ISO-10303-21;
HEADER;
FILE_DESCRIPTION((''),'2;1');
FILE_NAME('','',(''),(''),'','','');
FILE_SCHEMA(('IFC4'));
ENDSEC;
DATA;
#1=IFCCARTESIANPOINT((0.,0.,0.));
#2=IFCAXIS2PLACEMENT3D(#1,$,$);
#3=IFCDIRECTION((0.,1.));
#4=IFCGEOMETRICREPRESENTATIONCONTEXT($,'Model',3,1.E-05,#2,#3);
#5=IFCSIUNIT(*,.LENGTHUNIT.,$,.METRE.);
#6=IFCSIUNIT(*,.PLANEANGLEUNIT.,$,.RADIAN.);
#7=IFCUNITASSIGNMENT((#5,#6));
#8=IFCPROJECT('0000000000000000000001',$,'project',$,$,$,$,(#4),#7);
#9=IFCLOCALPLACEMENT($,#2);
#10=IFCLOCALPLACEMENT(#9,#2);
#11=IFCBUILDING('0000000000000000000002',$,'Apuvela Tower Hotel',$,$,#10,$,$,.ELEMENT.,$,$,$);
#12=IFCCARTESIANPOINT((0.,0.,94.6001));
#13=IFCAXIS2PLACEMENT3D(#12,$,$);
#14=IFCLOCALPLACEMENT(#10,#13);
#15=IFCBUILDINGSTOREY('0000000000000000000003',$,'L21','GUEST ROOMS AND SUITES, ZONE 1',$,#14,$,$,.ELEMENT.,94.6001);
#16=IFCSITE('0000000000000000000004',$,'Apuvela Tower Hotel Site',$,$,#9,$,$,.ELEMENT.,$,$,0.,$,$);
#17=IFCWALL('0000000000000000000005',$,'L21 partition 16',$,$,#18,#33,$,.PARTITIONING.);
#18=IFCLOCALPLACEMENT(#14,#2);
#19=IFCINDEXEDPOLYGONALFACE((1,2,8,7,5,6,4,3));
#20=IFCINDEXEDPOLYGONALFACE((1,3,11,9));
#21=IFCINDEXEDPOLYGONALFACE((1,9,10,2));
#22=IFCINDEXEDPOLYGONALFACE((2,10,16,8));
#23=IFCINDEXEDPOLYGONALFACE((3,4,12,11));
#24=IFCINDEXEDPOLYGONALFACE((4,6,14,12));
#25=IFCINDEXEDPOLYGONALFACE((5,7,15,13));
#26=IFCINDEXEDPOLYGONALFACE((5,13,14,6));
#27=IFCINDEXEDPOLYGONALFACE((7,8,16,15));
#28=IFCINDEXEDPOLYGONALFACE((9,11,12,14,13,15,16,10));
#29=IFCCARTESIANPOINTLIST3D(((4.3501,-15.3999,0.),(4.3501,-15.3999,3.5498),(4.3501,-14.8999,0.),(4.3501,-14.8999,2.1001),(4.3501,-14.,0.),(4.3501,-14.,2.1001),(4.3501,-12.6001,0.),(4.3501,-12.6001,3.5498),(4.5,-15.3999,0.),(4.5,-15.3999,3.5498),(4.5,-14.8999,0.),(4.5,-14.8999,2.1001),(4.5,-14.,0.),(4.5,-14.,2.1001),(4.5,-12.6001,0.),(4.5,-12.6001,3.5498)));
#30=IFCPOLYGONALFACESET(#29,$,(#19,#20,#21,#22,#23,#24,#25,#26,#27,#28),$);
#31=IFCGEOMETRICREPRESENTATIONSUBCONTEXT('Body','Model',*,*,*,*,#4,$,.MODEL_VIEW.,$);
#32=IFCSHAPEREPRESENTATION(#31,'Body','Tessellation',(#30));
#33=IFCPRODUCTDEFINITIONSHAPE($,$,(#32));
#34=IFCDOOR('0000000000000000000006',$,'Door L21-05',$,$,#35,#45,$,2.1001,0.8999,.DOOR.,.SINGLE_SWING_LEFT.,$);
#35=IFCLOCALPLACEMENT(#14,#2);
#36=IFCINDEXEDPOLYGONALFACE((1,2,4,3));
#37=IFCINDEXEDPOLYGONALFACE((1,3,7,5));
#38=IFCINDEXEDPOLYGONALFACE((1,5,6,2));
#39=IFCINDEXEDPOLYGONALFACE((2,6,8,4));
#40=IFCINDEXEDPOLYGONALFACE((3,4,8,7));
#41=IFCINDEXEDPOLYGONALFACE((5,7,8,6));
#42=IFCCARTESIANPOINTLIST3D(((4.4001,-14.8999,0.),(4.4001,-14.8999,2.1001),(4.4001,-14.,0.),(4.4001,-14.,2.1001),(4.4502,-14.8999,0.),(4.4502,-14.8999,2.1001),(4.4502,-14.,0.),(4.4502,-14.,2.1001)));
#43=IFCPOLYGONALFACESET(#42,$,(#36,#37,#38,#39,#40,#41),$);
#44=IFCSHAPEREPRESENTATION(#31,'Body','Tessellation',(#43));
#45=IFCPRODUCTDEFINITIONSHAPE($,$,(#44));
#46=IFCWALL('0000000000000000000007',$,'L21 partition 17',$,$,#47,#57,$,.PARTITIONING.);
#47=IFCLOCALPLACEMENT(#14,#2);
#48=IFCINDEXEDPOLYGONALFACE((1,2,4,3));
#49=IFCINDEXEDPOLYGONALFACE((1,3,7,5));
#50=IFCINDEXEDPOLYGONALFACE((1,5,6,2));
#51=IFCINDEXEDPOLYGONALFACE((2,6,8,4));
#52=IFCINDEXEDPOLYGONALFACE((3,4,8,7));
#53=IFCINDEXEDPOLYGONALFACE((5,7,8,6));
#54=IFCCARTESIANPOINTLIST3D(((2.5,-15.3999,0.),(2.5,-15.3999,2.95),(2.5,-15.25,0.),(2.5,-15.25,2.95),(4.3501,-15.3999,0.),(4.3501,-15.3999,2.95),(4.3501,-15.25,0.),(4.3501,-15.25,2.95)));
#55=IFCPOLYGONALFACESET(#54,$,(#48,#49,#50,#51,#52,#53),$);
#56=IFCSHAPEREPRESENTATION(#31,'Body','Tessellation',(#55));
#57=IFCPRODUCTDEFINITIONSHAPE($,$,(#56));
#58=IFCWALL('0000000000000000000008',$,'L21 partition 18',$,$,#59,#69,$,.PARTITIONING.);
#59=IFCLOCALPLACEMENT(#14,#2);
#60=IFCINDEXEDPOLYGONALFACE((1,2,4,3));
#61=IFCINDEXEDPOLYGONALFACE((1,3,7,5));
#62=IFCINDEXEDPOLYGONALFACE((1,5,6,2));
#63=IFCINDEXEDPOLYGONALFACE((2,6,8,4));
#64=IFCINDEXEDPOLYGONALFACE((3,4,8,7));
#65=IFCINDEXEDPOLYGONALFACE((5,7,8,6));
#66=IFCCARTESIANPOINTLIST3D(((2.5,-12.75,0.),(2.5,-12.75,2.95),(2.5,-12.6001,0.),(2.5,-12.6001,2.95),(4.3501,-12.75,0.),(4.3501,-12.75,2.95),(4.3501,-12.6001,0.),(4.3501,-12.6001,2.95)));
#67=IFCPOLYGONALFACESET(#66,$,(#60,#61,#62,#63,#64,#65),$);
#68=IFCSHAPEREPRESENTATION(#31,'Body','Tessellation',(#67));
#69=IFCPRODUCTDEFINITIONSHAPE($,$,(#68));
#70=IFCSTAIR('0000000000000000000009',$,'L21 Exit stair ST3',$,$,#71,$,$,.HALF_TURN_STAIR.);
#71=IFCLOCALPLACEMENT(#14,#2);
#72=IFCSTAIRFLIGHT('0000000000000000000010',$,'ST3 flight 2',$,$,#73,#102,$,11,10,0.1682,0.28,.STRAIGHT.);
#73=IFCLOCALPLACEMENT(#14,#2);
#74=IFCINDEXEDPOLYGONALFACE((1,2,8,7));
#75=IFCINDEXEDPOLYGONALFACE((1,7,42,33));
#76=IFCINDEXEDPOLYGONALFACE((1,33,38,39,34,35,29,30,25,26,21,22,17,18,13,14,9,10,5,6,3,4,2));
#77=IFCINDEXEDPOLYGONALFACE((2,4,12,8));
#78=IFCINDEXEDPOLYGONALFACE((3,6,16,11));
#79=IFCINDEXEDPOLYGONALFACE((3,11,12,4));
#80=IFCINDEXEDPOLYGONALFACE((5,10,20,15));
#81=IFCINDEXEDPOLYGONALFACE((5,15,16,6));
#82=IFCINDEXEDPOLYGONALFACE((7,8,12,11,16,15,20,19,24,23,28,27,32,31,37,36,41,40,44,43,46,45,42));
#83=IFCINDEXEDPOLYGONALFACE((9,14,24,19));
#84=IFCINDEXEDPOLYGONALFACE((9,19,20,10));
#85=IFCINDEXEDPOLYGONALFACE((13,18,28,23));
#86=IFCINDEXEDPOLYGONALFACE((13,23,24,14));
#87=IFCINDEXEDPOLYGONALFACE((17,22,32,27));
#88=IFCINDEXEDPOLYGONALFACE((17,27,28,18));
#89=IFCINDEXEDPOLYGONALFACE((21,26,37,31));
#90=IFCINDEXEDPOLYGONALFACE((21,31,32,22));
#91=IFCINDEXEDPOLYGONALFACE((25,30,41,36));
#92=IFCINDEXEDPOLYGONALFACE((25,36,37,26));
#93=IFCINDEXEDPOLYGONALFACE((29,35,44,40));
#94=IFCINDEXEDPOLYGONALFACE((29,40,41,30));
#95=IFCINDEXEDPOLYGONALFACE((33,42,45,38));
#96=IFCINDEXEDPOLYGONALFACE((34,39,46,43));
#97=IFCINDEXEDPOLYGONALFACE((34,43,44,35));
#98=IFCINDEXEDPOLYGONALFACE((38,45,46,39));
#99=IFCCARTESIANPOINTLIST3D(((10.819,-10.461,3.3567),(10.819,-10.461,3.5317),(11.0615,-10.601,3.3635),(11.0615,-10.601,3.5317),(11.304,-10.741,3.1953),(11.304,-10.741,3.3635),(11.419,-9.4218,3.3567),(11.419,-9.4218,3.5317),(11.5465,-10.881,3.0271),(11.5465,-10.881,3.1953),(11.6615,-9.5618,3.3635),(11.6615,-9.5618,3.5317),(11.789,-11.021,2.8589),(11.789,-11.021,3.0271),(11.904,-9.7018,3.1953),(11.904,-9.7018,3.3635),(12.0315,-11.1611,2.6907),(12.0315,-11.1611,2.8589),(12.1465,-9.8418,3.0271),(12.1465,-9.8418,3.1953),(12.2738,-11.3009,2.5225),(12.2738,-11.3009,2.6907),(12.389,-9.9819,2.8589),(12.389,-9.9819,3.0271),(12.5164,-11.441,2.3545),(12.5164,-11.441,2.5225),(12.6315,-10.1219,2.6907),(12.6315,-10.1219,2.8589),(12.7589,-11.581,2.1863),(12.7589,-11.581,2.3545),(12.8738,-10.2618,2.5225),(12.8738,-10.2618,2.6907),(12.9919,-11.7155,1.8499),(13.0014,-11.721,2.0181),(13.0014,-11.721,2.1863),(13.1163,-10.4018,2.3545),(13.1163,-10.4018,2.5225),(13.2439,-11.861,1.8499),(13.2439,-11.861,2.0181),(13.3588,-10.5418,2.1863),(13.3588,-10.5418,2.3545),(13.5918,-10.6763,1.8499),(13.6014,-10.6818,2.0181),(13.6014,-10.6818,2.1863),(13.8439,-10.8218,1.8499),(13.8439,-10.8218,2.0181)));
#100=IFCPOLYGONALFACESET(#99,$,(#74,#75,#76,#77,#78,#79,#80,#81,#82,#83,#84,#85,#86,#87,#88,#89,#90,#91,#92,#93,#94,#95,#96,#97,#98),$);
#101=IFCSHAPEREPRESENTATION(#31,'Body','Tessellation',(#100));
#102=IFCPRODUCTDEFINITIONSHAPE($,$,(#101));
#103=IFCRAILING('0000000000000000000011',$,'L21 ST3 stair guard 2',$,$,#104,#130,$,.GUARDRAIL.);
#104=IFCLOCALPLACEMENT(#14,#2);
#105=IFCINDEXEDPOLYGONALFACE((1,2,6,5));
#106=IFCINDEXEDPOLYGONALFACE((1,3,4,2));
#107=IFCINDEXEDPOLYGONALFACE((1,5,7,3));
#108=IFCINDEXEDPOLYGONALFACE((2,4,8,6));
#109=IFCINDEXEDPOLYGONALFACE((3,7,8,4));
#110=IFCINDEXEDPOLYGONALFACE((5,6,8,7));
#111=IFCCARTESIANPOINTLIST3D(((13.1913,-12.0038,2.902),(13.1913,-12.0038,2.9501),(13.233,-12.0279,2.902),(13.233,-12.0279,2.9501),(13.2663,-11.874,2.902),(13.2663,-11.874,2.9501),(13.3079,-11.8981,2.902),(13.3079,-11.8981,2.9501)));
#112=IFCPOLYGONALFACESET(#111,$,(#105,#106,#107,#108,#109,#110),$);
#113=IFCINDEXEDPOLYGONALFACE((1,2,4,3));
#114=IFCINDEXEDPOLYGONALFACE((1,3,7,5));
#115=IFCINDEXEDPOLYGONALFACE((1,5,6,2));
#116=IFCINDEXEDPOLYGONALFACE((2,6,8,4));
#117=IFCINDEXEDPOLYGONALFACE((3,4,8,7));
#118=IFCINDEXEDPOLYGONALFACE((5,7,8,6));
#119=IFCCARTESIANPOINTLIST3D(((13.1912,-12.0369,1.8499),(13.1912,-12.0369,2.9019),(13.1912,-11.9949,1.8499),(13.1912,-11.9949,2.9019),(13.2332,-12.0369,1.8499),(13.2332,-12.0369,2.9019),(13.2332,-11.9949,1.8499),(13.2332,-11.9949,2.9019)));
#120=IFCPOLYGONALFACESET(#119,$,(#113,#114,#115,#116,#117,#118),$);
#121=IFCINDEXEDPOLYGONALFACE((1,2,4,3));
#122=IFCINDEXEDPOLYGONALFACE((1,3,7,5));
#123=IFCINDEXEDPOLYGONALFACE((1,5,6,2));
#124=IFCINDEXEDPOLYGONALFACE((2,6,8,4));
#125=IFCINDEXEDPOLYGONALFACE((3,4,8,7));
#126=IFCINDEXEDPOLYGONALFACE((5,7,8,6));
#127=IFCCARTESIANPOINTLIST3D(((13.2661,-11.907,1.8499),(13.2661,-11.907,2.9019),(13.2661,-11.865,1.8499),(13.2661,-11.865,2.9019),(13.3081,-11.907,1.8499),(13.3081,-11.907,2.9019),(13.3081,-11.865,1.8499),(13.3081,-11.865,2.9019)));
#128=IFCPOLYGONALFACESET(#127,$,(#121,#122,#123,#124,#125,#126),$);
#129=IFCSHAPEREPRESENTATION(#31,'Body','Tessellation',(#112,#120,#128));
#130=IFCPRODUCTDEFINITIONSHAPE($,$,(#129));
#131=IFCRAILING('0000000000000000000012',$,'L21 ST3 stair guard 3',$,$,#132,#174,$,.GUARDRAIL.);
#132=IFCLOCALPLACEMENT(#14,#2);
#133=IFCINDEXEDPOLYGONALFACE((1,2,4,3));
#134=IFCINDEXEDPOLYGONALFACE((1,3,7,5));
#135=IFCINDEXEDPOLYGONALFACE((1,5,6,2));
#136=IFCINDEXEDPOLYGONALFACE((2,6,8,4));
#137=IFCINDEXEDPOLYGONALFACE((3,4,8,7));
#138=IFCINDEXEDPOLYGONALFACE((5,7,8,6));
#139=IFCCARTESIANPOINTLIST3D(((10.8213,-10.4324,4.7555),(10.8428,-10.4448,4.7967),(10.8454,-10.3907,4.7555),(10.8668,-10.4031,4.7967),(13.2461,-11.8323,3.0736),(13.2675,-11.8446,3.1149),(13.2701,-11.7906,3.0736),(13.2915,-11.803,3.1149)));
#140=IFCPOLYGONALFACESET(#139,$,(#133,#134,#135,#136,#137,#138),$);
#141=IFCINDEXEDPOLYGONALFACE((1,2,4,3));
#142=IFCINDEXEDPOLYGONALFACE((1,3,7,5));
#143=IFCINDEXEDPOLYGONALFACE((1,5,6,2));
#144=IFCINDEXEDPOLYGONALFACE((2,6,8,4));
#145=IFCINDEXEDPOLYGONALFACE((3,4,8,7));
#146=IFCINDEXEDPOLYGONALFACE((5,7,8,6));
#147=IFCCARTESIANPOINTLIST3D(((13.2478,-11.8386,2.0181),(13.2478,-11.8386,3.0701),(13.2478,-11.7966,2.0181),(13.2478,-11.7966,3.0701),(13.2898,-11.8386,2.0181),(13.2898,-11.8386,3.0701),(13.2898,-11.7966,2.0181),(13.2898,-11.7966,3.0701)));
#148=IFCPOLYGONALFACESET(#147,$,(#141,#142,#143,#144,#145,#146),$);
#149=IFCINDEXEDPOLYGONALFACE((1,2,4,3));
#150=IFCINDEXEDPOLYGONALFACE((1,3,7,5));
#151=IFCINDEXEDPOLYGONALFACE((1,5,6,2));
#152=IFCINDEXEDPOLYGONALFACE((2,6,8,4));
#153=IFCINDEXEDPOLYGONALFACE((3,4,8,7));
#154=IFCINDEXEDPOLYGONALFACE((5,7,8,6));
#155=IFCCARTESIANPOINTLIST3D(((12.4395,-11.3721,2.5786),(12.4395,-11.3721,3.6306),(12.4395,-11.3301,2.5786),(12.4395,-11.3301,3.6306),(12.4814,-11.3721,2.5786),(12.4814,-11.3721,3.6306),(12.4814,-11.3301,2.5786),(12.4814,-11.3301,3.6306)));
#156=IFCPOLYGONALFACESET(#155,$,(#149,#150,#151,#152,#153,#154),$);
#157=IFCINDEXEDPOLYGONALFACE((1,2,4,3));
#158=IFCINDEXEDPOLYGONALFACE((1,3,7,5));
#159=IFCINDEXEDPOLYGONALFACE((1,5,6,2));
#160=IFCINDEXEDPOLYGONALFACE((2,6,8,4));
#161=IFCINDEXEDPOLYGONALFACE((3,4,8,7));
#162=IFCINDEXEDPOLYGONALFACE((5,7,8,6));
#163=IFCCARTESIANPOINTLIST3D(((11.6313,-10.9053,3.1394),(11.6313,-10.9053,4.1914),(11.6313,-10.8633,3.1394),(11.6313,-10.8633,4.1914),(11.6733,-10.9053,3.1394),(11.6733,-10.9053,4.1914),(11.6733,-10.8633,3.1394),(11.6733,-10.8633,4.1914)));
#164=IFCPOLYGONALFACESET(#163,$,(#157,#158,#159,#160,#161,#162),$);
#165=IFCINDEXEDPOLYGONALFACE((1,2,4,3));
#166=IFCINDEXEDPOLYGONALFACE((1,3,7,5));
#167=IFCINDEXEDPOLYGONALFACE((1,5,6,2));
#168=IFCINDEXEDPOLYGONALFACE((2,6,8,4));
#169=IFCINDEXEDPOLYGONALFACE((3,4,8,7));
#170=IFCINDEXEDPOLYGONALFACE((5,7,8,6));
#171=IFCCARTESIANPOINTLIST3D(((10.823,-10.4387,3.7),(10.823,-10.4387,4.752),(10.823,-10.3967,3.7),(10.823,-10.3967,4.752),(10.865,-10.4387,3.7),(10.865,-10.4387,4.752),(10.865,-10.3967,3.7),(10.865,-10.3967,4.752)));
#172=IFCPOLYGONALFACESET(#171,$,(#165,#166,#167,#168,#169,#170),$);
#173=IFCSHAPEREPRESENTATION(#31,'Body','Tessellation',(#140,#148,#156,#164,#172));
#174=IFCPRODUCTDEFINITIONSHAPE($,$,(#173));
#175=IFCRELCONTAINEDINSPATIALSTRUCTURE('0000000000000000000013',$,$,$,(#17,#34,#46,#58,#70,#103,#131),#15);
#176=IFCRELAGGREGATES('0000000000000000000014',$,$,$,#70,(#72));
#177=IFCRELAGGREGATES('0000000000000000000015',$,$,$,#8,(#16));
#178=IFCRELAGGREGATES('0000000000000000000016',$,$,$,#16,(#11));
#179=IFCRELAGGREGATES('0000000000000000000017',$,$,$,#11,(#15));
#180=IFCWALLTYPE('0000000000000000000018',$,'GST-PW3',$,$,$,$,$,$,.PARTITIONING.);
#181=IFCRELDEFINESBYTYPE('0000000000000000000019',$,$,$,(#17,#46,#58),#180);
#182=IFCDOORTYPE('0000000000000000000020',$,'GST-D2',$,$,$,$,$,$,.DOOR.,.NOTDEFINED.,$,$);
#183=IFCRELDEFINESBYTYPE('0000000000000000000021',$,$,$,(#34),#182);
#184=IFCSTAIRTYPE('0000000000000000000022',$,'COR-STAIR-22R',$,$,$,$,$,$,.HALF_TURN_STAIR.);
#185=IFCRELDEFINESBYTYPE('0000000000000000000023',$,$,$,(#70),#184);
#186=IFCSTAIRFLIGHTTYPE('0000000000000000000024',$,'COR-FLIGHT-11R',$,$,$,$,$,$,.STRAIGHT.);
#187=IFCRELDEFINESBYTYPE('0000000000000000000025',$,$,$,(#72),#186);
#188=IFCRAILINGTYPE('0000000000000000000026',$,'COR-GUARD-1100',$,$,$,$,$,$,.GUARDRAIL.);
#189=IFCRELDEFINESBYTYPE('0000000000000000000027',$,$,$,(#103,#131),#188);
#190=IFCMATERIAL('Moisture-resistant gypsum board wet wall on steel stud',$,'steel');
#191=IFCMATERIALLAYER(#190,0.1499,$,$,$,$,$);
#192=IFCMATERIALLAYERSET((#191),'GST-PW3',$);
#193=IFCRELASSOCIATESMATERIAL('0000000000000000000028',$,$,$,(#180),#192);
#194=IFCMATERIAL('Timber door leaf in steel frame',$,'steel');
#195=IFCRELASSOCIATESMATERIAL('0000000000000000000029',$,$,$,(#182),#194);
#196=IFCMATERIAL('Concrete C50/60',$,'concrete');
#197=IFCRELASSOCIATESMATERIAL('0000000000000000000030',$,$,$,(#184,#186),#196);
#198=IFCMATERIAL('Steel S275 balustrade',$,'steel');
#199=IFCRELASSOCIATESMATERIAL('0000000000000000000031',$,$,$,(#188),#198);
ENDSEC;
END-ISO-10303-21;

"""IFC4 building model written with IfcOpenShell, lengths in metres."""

from ifc_helpers import new_model, si_unit, direction, frame, frame_2d, origin, origin_2d, place, context, subcontext, project, spatial, polyline, rectangle, outline, extrude, material, layer, layer_set, type_object, element, fill, aggregate, save


model = new_model("IFC4")

# Units and contexts
model_context = context("Model", 3, precision=1e-05, world=origin(), true_north=direction((0.0, 1.0)))
body_context = subcontext(model_context, "Body", "Model", "MODEL_VIEW")
ifc_project = project(units=[si_unit("LENGTHUNIT", "METRE"), si_unit("PLANEANGLEUNIT", "RADIAN")], contexts=[model_context])

# Site, building, storey
site_placement = place(None, origin())
site = spatial("IfcSite", under=ifc_project, at=site_placement, Name="Apuvela Tower Hotel Site", CompositionType="ELEMENT", RefElevation=0.0)
building_placement = place(site_placement, origin())
building = spatial("IfcBuilding", under=site, at=building_placement, Name="Apuvela Tower Hotel", CompositionType="ELEMENT")
storey_placement = place(building_placement, frame((0.0, 0.0, 94.6001)))
storey = spatial("IfcBuildingStorey", under=building, at=storey_placement, Name="L21", Description="GUEST ROOMS AND SUITES, ZONE 1", CompositionType="ELEMENT", Elevation=94.6001)

# Wall, opening, door
ifc_material_1 = material(Name="Moisture-resistant gypsum board wet wall on steel stud", Category="steel")
ifc_layer_1 = layer(ifc_material_1, 0.1499)
ifc_layer_set_1 = layer_set([ifc_layer_1], Name="GST-PW3")
wall_type_1 = type_object("IfcWallType", Name="GST-PW3", PredefinedType="PARTITIONING", material=ifc_layer_set_1)
wall_1_placement = place(storey_placement, frame((4.425, -15.3999, 0.0), z_axis=(0.0, 0.0, 1.0), x_axis=(0.0, 1.0, 0.0)))
wall_1 = element("IfcWall", 1, at=wall_1_placement, inside=storey, type_object=wall_type_1, Name="L21 partition 16", PredefinedType="PARTITIONING", context=body_context, shape_type="SweptSolid", body=[
    extrude(rectangle(XDim=2.7998, YDim=0.1499, at=frame_2d((1.3999, 0.0))), origin(), (0.0, 0.0, 1.0), 3.5498),
])
opening_1_placement = place(wall_1_placement, frame((0.5, 0.0, 0.0)))
opening_1 = element("IfcOpeningElement", 2, at=opening_1_placement, cuts=wall_1, PredefinedType="OPENING", context=body_context, shape_type="SweptSolid", body=[
    extrude(rectangle(XDim=0.8999, YDim=2.1001, at=frame_2d((0.45, 1.05))), frame((0.0, 0.085, 0.0), z_axis=(0.0, -1.0, 0.0), x_axis=(1.0, 0.0, 0.0)), (0.0, 0.0, 1.0), 0.1699),
])
ifc_material_2 = material(Name="Timber door leaf in steel frame", Category="steel")
door_type_1 = type_object("IfcDoorType", Name="GST-D2", OperationType="NOTDEFINED", PredefinedType="DOOR", material=ifc_material_2)
door_1_placement = place(opening_1_placement, origin())
door_1 = element("IfcDoor", 3, at=door_1_placement, inside=storey, type_object=door_type_1, Name="Door L21-05", OperationType="SINGLE_SWING_LEFT", OverallHeight=2.1001, OverallWidth=0.8999, PredefinedType="DOOR", context=body_context, shape_type="SweptSolid", body=[
    extrude(rectangle(XDim=0.8999, YDim=2.1001, at=frame_2d((0.45, 1.05))), frame((0.0, 0.0249, 0.0), z_axis=(0.0, -1.0, 0.0), x_axis=(1.0, 0.0, 0.0)), (0.0, 0.0, 1.0), 0.05),
])
fill(opening_1, door_1)

# Walls
for number, where, z_axis, x_axis, name in (
    (4, (2.5, -15.325, 0.0), (0.0, 0.0, 1.0), (1.0, 0.0, 0.0), "L21 partition 17"),
    (5, (2.5, -12.675, 0.0), (0.0, 0.0, 1.0), (1.0, 0.0, 0.0), "L21 partition 18"),
):
    element("IfcWall", number, at=place(storey_placement, frame(where, z_axis=z_axis, x_axis=x_axis)), inside=storey, type_object=wall_type_1, Name=name, PredefinedType="PARTITIONING", context=body_context, shape_type="SweptSolid", body=[
        extrude(rectangle(XDim=1.8501, YDim=0.1499, at=frame_2d((0.925, 0.0))), origin(), (0.0, 0.0, 1.0), 2.95),
    ])

# Stair, stair flight
ifc_material_3 = material(Name="Concrete C50/60", Category="concrete")
stair_type = type_object("IfcStairType", Name="COR-STAIR-22R", PredefinedType="HALF_TURN_STAIR", material=ifc_material_3)
stair_placement = place(storey_placement, origin())
stair = element("IfcStair", 6, at=stair_placement, inside=storey, type_object=stair_type, Name="L21 Exit stair ST3", PredefinedType="HALF_TURN_STAIR")
stair_flight_type = type_object("IfcStairFlightType", Name="COR-FLIGHT-11R", PredefinedType="STRAIGHT", material=ifc_material_3)
stair_flight_placement = place(storey_placement, frame((13.5439, -11.3413, 1.8499), z_axis=(0.0, 0.0, 1.0), x_axis=(-0.866025, 0.5, 0.0)))
stair_flight = element("IfcStairFlight", 7, at=stair_flight_placement, type_object=stair_flight_type, Name="ST3 flight 2", NumberOfRisers=11, NumberOfTreads=10, PredefinedType="STRAIGHT", RiserHeight=0.1682, TreadLength=0.28, context=body_context, shape_type="SweptSolid", body=[
    extrude(outline(polyline([(0.0, 0.0), (0.0, 0.1682), (0.28, 0.1682), (0.28, 0.3364), (0.5601, 0.3364), (0.5601, 0.5046), (0.8401, 0.5046), (0.8401, 0.6726), (1.1201, 0.6726), (1.1201, 0.8408), (1.3999, 0.8408), (1.3999, 1.009), (1.6799, 1.009), (1.6799, 1.1772), (1.96, 1.1772), (1.96, 1.3455), (2.24, 1.3455), (2.24, 1.5137), (2.52, 1.5137), (2.52, 1.6819), (2.8, 1.6819), (2.8, 1.8501), (2.8, 1.5068), (0.291, 0.0), (0.0, 0.0)])), frame((0.0, 0.6001, 0.0), z_axis=(0.0, -1.0, 0.0), x_axis=(1.0, 0.0, 0.0)), (0.0, 0.0, 1.0), 1.2),
])
aggregate(stair, [stair_flight])

# Railings
ifc_material_4 = material(Name="Steel S275 balustrade", Category="steel")
railing_type_1 = type_object("IfcRailingType", Name="COR-GUARD-1100", PredefinedType="GUARDRAIL", material=ifc_material_4)
railing_1_placement = place(storey_placement, frame((13.2122, -12.0159, 1.8499)))
element("IfcRailing", 8, at=railing_1_placement, inside=storey, type_object=railing_type_1, Name="L21 ST3 stair guard 2", PredefinedType="GUARDRAIL", context=body_context, shape_type="SweptSolid", body=[
    extrude(rectangle(XDim=0.0481, YDim=0.0481, at=origin_2d()), frame((0.0, 0.0, 1.0762), z_axis=(0.499816, 0.866131, 0.0), x_axis=(-0.866131, 0.499816, 0.0)), (0.0, 0.0, 1.0), 0.1499),
    extrude(rectangle(XDim=0.042, YDim=0.042, at=origin_2d()), origin(), (0.0, 0.0, 1.0), 1.052),
    extrude(rectangle(XDim=0.042, YDim=0.042, at=origin_2d()), frame((0.075, 0.1299, 0.0)), (0.0, 0.0, 1.0), 1.052),
])
railing_2_placement = place(storey_placement, frame((13.2688, -11.8176, 2.0181)))
element("IfcRailing", 9, at=railing_2_placement, inside=storey, type_object=railing_type_1, Name="L21 ST3 stair guard 3", PredefinedType="GUARDRAIL", context=body_context, shape_type="SweptSolid", body=[
    extrude(rectangle(XDim=0.0481, YDim=0.0481, at=origin_2d()), frame((0.0, 0.0, 1.0762), z_axis=(-0.74239, 0.428601, 0.514934), x_axis=(-0.499984, -0.866035, 0.0)), (0.0, 0.0, 1.0), 3.2661),
    extrude(rectangle(XDim=0.042, YDim=0.042, at=origin_2d()), origin(), (0.0, 0.0, 1.0), 1.052),
    extrude(rectangle(XDim=0.042, YDim=0.042, at=origin_2d()), frame((-0.8083, 0.4666, 0.5605)), (0.0, 0.0, 1.0), 1.052),
    extrude(rectangle(XDim=0.042, YDim=0.042, at=origin_2d()), frame((-1.6165, 0.9333, 1.1213)), (0.0, 0.0, 1.0), 1.052),
    extrude(rectangle(XDim=0.042, YDim=0.042, at=origin_2d()), frame((-2.4248, 1.3999, 1.6819)), (0.0, 0.0, 1.0), 1.052),
])

save(model, "model.ifc")
